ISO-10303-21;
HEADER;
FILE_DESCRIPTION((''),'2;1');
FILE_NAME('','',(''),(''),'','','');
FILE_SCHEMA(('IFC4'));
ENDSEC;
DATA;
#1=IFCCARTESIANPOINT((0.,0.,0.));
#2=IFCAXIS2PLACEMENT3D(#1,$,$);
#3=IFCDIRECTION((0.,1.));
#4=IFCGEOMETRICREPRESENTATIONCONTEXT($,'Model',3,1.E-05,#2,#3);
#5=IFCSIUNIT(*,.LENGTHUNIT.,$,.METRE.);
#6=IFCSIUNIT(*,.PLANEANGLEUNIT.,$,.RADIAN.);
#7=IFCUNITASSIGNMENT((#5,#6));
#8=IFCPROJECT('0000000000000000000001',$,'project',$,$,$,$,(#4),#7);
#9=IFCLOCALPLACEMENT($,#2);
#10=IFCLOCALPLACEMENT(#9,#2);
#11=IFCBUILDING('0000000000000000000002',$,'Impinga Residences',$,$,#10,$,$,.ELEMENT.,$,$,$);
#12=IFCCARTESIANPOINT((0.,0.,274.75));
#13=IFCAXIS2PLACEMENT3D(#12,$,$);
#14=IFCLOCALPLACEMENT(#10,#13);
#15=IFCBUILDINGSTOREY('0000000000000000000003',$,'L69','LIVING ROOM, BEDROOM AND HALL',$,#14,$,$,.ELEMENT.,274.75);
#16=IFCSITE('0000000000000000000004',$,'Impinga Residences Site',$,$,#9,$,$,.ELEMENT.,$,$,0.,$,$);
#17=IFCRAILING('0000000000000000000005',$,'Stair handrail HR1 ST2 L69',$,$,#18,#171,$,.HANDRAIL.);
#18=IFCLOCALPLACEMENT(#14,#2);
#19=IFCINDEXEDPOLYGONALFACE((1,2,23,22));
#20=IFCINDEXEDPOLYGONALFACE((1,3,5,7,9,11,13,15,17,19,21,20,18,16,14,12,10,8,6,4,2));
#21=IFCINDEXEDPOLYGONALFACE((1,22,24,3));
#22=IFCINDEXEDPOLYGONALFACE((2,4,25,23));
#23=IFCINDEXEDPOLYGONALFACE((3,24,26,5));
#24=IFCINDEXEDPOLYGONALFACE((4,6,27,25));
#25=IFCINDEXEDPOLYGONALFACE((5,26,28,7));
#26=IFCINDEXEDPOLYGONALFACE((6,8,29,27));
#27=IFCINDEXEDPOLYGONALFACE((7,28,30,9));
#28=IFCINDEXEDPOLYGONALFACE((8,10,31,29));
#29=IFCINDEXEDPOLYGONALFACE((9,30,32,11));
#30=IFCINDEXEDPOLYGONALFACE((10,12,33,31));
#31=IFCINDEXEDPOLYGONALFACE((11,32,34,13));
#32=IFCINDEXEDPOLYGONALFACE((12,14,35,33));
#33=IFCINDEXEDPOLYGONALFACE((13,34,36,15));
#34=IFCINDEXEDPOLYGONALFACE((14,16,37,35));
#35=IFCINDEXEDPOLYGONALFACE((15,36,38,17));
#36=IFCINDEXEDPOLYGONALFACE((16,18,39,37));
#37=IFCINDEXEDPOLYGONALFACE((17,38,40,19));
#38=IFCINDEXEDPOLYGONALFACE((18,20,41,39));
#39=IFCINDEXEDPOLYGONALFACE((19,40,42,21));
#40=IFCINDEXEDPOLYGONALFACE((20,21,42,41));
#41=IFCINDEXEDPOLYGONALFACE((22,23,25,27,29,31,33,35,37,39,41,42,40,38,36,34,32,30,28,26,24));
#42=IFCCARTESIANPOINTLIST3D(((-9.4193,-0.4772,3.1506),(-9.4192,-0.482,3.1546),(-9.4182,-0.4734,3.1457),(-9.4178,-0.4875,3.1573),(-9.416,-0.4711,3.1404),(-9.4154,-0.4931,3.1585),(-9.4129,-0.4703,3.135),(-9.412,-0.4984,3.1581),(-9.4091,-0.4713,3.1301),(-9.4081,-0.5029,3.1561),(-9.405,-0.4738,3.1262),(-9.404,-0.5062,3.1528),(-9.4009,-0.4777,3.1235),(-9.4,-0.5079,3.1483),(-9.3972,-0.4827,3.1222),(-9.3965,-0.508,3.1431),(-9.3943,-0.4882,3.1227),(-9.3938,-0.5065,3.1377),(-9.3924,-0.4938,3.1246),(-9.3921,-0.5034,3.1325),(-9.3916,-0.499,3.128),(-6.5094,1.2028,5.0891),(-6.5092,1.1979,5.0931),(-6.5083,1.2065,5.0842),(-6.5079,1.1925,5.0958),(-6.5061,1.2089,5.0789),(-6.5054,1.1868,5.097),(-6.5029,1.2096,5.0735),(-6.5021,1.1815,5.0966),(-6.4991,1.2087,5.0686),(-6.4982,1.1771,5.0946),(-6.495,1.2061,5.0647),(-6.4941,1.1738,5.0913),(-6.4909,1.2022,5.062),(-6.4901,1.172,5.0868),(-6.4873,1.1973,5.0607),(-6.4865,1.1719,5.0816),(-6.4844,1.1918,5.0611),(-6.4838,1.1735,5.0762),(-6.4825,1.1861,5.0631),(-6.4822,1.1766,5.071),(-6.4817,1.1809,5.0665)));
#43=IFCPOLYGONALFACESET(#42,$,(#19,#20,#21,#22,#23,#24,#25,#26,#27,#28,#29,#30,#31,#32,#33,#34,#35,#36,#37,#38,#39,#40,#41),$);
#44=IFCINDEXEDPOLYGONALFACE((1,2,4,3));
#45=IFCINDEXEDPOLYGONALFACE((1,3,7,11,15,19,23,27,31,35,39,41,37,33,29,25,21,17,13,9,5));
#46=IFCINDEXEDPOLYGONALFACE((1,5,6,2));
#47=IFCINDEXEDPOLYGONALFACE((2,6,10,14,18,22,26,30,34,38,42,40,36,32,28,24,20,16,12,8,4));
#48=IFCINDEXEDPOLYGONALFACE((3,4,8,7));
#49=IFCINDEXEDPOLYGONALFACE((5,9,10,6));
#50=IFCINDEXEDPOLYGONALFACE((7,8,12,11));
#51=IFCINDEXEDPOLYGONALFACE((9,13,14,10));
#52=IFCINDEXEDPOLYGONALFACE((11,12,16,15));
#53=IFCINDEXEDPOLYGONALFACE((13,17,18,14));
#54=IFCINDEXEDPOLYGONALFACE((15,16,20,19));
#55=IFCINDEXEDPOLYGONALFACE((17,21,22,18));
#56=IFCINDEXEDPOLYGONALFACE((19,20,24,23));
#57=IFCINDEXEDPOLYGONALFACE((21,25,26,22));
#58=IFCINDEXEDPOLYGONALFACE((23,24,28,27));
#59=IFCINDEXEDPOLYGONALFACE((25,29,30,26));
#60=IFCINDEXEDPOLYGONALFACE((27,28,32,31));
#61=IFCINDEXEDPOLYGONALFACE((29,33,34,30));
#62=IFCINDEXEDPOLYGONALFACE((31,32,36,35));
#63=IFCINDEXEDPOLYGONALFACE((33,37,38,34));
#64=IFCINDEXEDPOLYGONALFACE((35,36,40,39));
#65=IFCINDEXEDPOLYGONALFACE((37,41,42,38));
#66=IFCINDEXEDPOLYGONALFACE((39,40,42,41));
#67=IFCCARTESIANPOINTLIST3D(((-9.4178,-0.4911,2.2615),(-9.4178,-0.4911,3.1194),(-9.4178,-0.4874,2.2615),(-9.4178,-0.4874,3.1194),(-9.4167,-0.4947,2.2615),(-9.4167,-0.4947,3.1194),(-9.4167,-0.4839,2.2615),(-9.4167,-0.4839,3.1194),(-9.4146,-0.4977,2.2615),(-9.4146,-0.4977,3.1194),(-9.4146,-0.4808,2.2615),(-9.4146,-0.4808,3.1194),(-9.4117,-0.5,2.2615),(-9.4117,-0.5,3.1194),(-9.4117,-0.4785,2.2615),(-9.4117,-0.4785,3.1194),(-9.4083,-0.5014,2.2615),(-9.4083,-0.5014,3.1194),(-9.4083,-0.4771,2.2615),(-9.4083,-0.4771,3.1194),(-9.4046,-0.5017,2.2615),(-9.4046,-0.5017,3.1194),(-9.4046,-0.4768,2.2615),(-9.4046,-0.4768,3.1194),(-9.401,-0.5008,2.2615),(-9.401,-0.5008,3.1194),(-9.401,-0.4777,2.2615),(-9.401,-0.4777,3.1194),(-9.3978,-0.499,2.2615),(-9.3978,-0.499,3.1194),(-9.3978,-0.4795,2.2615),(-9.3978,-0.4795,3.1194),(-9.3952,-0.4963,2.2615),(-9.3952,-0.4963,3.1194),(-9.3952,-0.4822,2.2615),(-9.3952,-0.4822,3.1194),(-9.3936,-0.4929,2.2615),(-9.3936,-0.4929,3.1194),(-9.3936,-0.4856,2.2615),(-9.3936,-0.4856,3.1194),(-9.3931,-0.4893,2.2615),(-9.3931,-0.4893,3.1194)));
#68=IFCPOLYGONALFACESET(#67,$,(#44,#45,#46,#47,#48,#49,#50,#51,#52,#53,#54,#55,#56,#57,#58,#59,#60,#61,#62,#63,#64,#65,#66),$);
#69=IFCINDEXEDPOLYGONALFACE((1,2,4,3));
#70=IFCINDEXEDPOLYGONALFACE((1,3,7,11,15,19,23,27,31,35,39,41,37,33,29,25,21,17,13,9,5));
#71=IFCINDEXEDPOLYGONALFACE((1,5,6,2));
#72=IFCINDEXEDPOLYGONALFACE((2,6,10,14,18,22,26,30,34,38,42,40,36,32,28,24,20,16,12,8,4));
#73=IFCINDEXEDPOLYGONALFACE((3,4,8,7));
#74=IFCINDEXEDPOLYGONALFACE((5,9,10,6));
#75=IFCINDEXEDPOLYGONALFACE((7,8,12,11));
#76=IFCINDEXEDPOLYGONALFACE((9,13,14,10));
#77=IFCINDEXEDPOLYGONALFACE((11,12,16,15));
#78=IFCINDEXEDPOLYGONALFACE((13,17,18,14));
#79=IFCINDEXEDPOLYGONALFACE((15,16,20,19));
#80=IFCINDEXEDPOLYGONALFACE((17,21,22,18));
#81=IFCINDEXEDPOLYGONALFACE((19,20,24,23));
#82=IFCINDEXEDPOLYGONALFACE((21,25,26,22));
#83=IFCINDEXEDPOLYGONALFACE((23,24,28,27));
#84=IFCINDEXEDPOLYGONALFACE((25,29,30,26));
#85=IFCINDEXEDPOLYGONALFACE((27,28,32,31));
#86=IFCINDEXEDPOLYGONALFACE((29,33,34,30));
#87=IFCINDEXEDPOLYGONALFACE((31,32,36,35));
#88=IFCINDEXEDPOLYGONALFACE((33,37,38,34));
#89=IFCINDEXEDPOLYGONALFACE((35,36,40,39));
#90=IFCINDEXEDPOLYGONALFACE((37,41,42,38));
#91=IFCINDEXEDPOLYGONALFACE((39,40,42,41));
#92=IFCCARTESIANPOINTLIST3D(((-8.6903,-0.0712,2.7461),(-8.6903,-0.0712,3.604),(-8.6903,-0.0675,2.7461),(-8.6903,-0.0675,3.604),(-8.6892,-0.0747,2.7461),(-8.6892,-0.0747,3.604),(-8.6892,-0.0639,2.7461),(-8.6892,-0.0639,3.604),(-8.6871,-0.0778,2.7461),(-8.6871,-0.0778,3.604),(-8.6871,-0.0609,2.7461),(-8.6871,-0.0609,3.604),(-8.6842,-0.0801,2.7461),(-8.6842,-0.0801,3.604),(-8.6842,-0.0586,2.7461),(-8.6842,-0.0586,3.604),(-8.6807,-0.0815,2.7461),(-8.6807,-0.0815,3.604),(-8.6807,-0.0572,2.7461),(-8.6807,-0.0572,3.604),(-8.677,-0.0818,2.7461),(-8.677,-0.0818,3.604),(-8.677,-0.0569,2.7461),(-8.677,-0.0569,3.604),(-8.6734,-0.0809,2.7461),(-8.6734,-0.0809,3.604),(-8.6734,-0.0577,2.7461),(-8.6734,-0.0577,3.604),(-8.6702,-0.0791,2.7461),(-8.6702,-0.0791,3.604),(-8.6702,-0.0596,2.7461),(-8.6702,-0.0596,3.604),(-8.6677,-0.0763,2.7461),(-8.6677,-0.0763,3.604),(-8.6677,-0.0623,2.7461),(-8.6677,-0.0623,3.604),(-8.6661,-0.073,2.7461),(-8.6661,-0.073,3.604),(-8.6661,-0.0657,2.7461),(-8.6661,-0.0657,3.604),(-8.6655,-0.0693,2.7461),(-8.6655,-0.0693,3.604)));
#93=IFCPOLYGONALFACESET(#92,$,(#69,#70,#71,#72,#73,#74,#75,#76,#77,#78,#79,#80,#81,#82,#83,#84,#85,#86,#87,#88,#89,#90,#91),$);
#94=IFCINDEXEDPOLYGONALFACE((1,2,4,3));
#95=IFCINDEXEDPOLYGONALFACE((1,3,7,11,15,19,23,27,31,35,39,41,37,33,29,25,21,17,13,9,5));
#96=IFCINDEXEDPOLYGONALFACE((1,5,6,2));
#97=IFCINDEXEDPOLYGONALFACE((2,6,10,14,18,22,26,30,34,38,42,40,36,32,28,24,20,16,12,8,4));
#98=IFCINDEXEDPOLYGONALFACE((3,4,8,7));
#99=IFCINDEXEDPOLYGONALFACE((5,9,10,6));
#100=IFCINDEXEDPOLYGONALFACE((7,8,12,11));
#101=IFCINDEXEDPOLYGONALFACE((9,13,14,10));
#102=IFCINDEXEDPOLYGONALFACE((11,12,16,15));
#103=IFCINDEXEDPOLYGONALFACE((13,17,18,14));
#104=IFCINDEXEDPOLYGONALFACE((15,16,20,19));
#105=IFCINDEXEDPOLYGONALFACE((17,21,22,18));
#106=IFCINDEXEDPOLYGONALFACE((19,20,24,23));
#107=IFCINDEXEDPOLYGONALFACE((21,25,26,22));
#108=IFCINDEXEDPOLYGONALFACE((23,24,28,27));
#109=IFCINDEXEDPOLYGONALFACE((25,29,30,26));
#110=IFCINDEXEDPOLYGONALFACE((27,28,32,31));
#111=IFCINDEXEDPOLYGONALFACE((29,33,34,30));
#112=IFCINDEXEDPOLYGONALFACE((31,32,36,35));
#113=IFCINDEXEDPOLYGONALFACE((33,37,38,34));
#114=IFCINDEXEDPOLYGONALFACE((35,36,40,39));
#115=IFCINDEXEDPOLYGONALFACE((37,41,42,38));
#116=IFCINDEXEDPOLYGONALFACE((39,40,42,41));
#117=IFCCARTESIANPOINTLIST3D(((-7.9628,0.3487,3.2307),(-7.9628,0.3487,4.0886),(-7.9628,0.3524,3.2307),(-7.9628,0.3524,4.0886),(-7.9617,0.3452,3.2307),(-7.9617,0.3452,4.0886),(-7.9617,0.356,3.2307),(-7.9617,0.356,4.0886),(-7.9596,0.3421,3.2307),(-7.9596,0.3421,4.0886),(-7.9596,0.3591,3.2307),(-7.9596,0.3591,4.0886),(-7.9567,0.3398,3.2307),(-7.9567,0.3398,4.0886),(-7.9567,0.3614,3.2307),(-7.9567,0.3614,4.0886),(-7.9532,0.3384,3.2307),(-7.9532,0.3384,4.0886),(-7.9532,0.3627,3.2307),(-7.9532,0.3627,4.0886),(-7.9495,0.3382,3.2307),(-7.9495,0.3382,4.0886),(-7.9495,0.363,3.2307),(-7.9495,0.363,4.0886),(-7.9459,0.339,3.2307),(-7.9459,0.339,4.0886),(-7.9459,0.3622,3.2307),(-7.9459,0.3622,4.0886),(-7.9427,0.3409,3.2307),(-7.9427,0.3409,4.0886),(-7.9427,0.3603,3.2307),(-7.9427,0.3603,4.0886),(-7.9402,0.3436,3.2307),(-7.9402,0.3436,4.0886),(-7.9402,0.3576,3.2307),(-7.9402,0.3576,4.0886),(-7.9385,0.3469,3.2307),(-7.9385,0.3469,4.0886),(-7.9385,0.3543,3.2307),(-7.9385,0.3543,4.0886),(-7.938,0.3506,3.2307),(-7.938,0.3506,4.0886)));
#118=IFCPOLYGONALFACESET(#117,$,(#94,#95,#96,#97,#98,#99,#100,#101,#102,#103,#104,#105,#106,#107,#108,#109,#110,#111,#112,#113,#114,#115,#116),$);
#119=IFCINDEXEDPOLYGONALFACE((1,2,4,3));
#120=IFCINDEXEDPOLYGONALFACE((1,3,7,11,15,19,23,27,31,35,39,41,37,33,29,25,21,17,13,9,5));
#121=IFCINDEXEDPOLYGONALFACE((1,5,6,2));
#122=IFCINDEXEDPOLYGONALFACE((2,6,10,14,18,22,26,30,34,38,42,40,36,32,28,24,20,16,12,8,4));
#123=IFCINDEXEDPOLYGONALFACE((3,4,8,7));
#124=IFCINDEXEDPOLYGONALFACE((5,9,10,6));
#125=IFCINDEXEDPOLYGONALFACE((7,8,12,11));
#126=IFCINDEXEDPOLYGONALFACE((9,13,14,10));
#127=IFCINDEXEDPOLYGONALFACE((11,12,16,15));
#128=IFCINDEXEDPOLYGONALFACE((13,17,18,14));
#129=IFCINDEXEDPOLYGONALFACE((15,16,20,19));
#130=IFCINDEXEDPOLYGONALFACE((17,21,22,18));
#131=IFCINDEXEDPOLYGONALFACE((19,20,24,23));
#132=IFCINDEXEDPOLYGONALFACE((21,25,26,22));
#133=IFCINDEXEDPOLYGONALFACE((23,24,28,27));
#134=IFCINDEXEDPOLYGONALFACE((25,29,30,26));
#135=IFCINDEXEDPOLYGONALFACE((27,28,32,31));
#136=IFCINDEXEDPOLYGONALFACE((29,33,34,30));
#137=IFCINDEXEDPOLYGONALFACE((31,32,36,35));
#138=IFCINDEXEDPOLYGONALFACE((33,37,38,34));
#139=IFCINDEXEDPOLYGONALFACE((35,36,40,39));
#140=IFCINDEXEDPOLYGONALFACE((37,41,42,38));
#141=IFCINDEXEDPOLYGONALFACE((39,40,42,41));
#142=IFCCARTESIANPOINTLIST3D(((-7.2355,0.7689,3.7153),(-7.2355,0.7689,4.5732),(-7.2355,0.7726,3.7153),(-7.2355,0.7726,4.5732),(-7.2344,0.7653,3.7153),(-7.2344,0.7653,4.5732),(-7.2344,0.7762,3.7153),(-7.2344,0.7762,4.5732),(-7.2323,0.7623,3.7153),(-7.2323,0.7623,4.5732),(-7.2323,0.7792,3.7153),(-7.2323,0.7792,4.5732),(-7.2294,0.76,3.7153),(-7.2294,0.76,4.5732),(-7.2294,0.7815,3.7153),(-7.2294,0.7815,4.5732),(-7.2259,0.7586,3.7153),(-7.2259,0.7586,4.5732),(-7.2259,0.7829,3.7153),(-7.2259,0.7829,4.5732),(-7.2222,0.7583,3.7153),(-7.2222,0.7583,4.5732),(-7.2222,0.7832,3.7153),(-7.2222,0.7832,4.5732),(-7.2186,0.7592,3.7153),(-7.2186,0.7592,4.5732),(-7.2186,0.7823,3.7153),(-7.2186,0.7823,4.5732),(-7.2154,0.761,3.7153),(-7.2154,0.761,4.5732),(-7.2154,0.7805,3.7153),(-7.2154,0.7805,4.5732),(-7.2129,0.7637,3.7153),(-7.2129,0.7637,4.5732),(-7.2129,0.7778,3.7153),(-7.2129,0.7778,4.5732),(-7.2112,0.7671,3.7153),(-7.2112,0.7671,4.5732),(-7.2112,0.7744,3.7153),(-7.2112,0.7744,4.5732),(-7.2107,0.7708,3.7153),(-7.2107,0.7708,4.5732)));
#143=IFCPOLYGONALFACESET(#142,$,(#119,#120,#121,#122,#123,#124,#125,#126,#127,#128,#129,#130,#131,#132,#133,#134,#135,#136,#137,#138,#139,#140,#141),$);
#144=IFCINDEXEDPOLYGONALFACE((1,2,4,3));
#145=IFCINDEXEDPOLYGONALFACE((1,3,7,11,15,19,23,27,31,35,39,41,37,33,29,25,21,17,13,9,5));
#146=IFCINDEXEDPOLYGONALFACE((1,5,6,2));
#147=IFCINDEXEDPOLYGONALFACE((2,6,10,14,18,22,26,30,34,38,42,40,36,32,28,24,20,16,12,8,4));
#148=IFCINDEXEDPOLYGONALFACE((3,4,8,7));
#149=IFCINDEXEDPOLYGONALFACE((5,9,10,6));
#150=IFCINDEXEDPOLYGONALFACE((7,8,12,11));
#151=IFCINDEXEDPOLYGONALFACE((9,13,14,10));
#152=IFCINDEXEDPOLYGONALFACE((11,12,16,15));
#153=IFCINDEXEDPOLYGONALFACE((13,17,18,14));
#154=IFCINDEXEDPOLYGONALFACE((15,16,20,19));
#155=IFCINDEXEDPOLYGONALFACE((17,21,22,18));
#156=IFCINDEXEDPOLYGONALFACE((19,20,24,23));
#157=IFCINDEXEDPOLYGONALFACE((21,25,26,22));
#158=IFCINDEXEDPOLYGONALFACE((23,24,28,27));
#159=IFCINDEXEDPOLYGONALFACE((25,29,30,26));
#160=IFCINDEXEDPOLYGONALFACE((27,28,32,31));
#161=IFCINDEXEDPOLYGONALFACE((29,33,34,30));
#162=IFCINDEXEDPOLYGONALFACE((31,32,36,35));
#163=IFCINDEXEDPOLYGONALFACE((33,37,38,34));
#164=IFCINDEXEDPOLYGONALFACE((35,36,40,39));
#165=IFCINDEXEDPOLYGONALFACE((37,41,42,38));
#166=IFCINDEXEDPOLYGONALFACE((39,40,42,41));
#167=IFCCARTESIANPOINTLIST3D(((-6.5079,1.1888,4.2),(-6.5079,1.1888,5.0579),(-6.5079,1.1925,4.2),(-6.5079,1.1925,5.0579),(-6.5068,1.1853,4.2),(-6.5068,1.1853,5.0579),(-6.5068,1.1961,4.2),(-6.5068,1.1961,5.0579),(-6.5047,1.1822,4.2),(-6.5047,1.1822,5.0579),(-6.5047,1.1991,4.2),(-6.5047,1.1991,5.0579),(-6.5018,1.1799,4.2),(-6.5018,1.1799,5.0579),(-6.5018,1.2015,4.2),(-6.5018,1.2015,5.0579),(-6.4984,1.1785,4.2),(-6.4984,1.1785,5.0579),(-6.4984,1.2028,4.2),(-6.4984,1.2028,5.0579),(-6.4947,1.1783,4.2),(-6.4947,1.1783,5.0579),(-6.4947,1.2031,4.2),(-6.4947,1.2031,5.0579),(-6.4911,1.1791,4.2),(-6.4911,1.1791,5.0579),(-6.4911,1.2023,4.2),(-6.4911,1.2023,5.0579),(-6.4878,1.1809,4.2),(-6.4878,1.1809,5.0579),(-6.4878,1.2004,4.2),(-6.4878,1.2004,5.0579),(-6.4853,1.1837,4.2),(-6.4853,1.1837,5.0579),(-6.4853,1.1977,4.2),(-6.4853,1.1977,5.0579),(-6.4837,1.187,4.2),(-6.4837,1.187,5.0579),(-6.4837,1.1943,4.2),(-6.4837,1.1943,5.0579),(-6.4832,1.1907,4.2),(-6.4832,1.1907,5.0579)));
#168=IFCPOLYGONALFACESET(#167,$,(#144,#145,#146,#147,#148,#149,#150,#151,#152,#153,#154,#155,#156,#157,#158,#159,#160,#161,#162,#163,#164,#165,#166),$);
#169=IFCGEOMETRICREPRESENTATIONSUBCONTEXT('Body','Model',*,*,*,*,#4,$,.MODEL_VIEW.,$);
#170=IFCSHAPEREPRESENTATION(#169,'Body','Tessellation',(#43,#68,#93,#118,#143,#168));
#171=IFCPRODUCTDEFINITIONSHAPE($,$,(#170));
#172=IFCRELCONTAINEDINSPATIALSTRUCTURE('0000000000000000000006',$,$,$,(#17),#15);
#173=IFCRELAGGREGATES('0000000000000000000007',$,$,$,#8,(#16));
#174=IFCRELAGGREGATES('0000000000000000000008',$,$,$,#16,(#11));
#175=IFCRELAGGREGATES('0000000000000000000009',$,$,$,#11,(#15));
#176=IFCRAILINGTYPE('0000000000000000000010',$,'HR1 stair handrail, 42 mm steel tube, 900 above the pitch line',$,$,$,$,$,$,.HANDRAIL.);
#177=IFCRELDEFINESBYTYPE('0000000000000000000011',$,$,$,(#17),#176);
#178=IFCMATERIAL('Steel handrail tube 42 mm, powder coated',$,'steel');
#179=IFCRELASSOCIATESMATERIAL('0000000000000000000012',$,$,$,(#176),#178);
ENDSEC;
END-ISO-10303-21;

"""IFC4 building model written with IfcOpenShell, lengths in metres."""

from ifc_helpers import new_model, si_unit, direction, frame, origin, origin_2d, place, context, subcontext, project, spatial, circle, extrude, material, type_object, element, save


model = new_model("IFC4")

# Units and contexts
model_context = context("Model", 3, precision=1e-05, world=origin(), true_north=direction((0.0, 1.0)))
body_context = subcontext(model_context, "Body", "Model", "MODEL_VIEW")
ifc_project = project(units=[si_unit("LENGTHUNIT", "METRE"), si_unit("PLANEANGLEUNIT", "RADIAN")], contexts=[model_context])

# Site, building, storey
site_placement = place(None, origin())
site = spatial("IfcSite", under=ifc_project, at=site_placement, Name="Impinga Residences Site", CompositionType="ELEMENT", RefElevation=0.0)
building_placement = place(site_placement, origin())
building = spatial("IfcBuilding", under=site, at=building_placement, Name="Impinga Residences", CompositionType="ELEMENT")
storey_placement = place(building_placement, frame((0.0, 0.0, 274.75)))
storey = spatial("IfcBuildingStorey", under=building, at=storey_placement, Name="L69", Description="LIVING ROOM, BEDROOM AND HALL", CompositionType="ELEMENT", Elevation=274.75)

# Railing
ifc_material_1 = material(Name="Steel handrail tube 42 mm, powder coated", Category="steel")
railing_type = type_object("IfcRailingType", Name="HR1 stair handrail, 42 mm steel tube, 900 above the pitch line", PredefinedType="HANDRAIL", material=ifc_material_1)
railing_placement = place(storey_placement, frame((-9.4055, -0.4893, 2.2615)))
element("IfcRailing", 1, at=railing_placement, inside=storey, type_object=railing_type, Name="Stair handrail HR1 ST2 L69", PredefinedType="HANDRAIL", context=body_context, shape_type="SweptSolid", body=[
    extrude(circle(Radius=0.021, at=origin_2d()), frame((0.0, 0.0, 0.8789), z_axis=(0.750151, 0.433072, 0.499723), x_axis=(-0.499976, 0.866039, 0.0)), (0.0, 0.0, 1.0), 3.8792),
    extrude(circle(Radius=0.0125, at=origin_2d()), origin(), (0.0, 0.0, 1.0), 0.8579),
    extrude(circle(Radius=0.0125, at=origin_2d()), frame((0.7275, 0.4199, 0.4846)), (0.0, 0.0, 1.0), 0.8579),
    extrude(circle(Radius=0.0125, at=origin_2d()), frame((1.4551, 0.8398, 0.9692)), (0.0, 0.0, 1.0), 0.8579),
    extrude(circle(Radius=0.0125, at=origin_2d()), frame((2.1824, 1.26, 1.4539)), (0.0, 0.0, 1.0), 0.8579),
    extrude(circle(Radius=0.0125, at=origin_2d()), frame((2.9099, 1.6799, 1.9385)), (0.0, 0.0, 1.0), 0.8579),
])

save(model, "model.ifc")
